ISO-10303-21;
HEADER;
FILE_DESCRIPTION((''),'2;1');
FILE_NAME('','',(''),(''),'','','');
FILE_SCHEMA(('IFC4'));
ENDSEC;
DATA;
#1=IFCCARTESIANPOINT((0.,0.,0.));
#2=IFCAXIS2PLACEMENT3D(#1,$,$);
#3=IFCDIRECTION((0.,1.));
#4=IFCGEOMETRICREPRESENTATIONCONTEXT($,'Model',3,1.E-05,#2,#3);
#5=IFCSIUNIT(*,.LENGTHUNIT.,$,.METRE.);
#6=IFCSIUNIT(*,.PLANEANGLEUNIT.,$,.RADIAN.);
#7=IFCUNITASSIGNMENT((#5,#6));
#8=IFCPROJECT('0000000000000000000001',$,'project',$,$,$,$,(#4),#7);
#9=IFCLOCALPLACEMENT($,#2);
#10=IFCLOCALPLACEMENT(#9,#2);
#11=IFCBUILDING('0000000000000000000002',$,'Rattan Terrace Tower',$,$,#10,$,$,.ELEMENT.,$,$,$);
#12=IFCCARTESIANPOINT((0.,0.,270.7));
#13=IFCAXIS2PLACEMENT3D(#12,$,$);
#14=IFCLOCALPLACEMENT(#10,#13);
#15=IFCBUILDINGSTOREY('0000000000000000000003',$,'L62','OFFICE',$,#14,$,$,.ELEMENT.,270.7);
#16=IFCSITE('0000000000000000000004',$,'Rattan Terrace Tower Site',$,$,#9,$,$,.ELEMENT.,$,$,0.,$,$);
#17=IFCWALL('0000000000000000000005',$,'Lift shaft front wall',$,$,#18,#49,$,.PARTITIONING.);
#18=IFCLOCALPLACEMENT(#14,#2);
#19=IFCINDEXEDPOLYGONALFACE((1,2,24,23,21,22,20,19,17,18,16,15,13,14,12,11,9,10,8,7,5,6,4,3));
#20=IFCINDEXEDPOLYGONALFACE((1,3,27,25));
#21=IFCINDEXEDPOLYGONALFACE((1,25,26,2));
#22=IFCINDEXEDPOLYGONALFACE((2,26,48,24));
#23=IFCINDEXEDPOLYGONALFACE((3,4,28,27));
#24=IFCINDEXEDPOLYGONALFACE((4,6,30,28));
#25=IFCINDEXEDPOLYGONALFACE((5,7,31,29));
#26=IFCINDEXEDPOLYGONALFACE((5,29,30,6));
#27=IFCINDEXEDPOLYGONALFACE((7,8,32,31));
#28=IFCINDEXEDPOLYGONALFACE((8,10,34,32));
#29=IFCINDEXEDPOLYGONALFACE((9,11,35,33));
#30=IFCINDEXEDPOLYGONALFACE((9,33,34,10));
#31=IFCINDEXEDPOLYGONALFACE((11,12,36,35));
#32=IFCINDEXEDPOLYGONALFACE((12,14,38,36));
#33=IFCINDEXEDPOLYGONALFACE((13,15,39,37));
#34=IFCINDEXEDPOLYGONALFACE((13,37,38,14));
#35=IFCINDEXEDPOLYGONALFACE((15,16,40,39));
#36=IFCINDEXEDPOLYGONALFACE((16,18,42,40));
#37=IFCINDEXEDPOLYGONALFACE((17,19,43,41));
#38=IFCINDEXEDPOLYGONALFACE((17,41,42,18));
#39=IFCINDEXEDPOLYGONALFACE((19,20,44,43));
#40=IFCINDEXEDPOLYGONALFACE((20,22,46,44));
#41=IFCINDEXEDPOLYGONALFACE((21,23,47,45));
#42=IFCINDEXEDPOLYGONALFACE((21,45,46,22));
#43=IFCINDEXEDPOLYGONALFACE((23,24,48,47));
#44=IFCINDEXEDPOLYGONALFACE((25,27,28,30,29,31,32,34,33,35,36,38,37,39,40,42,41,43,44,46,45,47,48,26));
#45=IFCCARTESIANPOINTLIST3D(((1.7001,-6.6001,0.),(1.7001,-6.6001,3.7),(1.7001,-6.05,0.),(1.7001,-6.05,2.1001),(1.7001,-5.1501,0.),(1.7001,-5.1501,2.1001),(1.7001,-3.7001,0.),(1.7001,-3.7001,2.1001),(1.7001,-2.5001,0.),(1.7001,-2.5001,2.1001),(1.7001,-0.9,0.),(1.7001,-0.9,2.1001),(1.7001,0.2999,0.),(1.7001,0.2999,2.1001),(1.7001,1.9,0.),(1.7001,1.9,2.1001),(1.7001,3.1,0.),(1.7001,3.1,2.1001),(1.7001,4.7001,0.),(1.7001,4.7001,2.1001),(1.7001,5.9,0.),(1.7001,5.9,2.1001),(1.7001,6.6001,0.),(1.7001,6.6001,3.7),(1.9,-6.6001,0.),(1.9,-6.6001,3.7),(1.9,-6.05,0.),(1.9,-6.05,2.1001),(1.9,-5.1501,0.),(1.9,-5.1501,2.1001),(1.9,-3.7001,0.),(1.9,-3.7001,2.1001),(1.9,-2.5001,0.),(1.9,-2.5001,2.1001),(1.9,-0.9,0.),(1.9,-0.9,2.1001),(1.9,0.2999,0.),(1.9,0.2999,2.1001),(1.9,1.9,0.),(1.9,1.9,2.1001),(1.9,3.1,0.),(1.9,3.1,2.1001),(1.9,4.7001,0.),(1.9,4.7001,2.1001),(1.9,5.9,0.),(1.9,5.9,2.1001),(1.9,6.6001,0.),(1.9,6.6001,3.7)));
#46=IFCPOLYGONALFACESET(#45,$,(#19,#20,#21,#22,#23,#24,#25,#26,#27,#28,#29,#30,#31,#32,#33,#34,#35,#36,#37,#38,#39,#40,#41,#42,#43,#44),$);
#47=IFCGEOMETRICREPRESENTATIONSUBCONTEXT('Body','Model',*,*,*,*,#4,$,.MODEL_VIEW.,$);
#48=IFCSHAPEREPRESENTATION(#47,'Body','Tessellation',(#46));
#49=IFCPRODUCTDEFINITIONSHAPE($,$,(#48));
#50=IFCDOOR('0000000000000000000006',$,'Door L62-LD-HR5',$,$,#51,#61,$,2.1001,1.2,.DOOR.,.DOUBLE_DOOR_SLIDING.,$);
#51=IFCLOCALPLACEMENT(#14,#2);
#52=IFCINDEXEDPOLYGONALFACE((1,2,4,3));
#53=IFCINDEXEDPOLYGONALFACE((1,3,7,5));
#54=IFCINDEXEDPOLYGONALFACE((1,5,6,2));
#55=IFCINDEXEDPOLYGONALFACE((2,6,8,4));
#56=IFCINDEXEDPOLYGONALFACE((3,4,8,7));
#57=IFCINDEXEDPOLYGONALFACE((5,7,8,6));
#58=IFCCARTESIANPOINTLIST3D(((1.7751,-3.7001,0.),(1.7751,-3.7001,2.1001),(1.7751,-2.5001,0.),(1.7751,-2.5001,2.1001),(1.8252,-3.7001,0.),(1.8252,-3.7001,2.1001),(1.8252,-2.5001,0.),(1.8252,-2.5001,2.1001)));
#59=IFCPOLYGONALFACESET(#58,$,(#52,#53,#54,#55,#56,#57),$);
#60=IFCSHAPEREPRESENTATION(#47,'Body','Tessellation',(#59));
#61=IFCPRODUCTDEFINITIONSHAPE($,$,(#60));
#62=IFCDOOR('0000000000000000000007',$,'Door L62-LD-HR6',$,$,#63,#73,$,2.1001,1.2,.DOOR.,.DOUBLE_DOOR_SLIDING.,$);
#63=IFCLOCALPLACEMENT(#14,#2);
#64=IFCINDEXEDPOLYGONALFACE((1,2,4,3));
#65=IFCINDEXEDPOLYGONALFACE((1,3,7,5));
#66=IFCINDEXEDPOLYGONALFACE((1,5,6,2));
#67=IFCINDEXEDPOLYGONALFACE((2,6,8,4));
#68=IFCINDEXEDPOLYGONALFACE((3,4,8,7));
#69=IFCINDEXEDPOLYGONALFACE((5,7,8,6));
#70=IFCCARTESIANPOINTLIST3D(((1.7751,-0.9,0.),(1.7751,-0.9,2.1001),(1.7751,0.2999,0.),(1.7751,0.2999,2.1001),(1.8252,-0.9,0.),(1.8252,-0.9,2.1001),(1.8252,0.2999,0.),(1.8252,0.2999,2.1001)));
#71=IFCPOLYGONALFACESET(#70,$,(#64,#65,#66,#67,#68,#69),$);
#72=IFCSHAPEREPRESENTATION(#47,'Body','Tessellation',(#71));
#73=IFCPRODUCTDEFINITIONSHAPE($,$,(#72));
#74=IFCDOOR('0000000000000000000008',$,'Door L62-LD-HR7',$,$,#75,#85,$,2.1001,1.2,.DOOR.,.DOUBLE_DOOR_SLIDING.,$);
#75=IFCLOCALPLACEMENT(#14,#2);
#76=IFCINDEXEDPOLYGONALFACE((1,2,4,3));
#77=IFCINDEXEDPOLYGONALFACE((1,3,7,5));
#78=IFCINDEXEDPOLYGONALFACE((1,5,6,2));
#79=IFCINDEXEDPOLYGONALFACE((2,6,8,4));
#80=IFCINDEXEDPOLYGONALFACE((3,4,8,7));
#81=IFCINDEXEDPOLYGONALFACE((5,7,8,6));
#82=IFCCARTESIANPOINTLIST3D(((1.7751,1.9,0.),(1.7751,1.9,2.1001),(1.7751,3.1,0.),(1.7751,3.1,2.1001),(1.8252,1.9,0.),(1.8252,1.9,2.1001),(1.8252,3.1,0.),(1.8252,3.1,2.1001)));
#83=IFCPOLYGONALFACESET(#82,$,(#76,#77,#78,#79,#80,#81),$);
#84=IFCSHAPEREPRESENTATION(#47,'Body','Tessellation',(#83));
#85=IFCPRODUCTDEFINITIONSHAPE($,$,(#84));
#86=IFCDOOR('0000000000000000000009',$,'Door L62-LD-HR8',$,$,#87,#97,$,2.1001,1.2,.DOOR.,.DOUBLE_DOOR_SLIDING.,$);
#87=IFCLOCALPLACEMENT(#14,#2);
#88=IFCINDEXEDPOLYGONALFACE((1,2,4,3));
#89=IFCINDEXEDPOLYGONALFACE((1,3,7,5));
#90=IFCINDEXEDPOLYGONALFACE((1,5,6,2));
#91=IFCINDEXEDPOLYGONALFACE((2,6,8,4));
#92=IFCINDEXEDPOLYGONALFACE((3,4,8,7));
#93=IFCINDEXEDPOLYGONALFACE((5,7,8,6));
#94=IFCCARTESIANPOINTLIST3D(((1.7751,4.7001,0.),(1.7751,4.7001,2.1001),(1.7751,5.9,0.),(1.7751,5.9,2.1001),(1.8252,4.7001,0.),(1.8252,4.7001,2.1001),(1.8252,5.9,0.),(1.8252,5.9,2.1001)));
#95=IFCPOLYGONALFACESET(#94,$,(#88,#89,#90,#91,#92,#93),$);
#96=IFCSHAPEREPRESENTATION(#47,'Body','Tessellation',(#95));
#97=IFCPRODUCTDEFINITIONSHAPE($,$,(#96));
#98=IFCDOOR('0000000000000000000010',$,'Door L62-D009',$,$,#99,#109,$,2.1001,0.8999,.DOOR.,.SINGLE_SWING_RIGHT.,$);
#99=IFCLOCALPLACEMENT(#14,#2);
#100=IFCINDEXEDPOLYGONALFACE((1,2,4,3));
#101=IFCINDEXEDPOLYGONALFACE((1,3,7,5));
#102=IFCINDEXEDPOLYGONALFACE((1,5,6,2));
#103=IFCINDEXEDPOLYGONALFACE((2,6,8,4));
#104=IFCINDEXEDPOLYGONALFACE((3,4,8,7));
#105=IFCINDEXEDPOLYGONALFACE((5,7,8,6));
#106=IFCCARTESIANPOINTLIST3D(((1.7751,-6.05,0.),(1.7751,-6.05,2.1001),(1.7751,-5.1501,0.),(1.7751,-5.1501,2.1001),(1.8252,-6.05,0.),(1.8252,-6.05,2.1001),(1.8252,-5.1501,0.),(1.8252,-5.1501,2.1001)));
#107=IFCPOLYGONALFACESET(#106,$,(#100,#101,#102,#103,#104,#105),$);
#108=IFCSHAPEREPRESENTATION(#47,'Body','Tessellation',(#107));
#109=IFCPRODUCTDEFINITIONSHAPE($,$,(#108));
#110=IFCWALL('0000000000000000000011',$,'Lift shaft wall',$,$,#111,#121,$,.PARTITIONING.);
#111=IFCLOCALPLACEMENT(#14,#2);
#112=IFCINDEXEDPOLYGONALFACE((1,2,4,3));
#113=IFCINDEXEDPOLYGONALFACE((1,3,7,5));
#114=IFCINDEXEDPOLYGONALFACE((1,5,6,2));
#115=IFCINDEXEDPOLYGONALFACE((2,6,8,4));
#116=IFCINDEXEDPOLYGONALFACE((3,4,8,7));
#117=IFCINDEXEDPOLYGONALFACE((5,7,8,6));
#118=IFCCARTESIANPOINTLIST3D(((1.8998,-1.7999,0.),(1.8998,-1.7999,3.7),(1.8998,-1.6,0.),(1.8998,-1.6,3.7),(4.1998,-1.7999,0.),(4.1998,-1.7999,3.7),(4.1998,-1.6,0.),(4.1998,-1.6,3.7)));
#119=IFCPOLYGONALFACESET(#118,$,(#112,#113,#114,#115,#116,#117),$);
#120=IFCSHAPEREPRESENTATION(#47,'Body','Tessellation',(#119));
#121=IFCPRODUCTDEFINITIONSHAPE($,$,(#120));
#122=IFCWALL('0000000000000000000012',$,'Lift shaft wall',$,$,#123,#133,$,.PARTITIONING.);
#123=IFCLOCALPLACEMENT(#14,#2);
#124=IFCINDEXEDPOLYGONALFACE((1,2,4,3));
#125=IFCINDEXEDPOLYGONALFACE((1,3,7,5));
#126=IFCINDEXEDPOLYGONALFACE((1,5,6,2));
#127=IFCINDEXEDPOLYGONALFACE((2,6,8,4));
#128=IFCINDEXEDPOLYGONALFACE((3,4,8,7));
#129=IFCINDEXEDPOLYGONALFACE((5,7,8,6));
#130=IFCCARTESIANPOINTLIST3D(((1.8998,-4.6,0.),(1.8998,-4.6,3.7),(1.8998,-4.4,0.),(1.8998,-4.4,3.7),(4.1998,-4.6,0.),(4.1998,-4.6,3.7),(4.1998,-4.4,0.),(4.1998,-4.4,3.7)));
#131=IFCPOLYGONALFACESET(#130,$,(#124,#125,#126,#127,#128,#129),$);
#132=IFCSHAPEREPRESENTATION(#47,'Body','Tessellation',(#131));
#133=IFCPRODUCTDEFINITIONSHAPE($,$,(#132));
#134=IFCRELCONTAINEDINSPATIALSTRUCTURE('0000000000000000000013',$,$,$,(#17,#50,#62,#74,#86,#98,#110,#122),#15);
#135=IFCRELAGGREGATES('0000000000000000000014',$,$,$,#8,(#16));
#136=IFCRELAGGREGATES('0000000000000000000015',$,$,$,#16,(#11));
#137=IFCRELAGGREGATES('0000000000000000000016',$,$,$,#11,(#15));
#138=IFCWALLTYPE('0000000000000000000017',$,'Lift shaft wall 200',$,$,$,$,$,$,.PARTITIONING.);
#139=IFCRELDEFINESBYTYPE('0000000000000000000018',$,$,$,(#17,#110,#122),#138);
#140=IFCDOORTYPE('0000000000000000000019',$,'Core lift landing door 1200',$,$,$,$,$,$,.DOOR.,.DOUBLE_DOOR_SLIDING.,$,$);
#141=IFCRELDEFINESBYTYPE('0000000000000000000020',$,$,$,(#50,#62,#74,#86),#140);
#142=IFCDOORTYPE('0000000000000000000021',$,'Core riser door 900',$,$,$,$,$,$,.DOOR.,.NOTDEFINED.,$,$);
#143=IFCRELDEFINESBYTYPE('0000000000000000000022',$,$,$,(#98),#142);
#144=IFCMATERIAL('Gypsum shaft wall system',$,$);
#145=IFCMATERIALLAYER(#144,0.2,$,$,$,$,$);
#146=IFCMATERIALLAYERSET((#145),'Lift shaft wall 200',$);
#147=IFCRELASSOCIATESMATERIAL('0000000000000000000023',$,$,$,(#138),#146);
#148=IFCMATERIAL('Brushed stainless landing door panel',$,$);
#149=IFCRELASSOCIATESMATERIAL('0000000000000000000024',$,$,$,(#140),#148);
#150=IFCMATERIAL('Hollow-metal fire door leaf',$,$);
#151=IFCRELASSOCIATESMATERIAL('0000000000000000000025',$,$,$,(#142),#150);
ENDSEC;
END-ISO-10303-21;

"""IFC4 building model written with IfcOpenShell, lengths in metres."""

from ifc_helpers import new_model, si_unit, direction, frame, frame_2d, origin, place, context, subcontext, project, spatial, rectangle, extrude, material, layer, layer_set, type_object, element, fill, save


model = new_model("IFC4")

# Units and contexts
model_context = context("Model", 3, precision=1e-05, world=origin(), true_north=direction((0.0, 1.0)))
body_context = subcontext(model_context, "Body", "Model", "MODEL_VIEW")
ifc_project = project(units=[si_unit("LENGTHUNIT", "METRE"), si_unit("PLANEANGLEUNIT", "RADIAN")], contexts=[model_context])

# Site, building, storey
site_placement = place(None, origin())
site = spatial("IfcSite", under=ifc_project, at=site_placement, Name="Rattan Terrace Tower Site", CompositionType="ELEMENT", RefElevation=0.0)
building_placement = place(site_placement, origin())
building = spatial("IfcBuilding", under=site, at=building_placement, Name="Rattan Terrace Tower", CompositionType="ELEMENT")
storey_placement = place(building_placement, frame((0.0, 0.0, 270.7)))
storey = spatial("IfcBuildingStorey", under=building, at=storey_placement, Name="L62", Description="OFFICE", CompositionType="ELEMENT", Elevation=270.7)

# Wall, openings, doors
ifc_material_1 = material(Name="Gypsum shaft wall system")
ifc_layer_1 = layer(ifc_material_1, 0.2)
ifc_layer_set_1 = layer_set([ifc_layer_1], Name="Lift shaft wall 200")
wall_type_1 = type_object("IfcWallType", Name="Lift shaft wall 200", PredefinedType="PARTITIONING", material=ifc_layer_set_1)
wall_1_placement = place(storey_placement, frame((1.8, -6.6001, 0.0), z_axis=(0.0, 0.0, 1.0), x_axis=(0.0, 1.0, 0.0)))
wall_1 = element("IfcWall", 1, at=wall_1_placement, inside=storey, type_object=wall_type_1, Name="Lift shaft front wall", PredefinedType="PARTITIONING", context=body_context, shape_type="SweptSolid", body=[
    extrude(rectangle(XDim=13.2002, YDim=0.2, at=frame_2d((6.6001, 0.0))), origin(), (0.0, 0.0, 1.0), 3.7),
])
opening_1_placement = place(wall_1_placement, frame((0.55, 0.0, 0.0)))
opening_1 = element("IfcOpeningElement", 2, at=opening_1_placement, cuts=wall_1, PredefinedType="OPENING", context=body_context, shape_type="SweptSolid", body=[
    extrude(rectangle(XDim=0.8999, YDim=2.1001, at=frame_2d((0.45, 1.05))), frame((0.0, 0.1106, 0.0), z_axis=(0.0, -1.0, 0.0), x_axis=(1.0, 0.0, 0.0)), (0.0, 0.0, 1.0), 0.2209),
])
opening_2_placement = place(wall_1_placement, frame((2.8999, 0.0, 0.0)))
opening_2 = element("IfcOpeningElement", 3, at=opening_2_placement, cuts=wall_1, PredefinedType="OPENING", context=body_context, shape_type="SweptSolid", body=[
    extrude(rectangle(XDim=1.2, YDim=2.1001, at=frame_2d((0.6001, 1.05))), frame((0.0, 0.1106, 0.0), z_axis=(0.0, -1.0, 0.0), x_axis=(1.0, 0.0, 0.0)), (0.0, 0.0, 1.0), 0.2209),
])
opening_3_placement = place(wall_1_placement, frame((5.7, 0.0, 0.0)))
opening_3 = element("IfcOpeningElement", 4, at=opening_3_placement, cuts=wall_1, PredefinedType="OPENING", context=body_context, shape_type="SweptSolid", body=[
    extrude(rectangle(XDim=1.2, YDim=2.1001, at=frame_2d((0.6001, 1.05))), frame((0.0, 0.1106, 0.0), z_axis=(0.0, -1.0, 0.0), x_axis=(1.0, 0.0, 0.0)), (0.0, 0.0, 1.0), 0.2209),
])
opening_4_placement = place(wall_1_placement, frame((8.5, 0.0, 0.0)))
opening_4 = element("IfcOpeningElement", 5, at=opening_4_placement, cuts=wall_1, PredefinedType="OPENING", context=body_context, shape_type="SweptSolid", body=[
    extrude(rectangle(XDim=1.2, YDim=2.1001, at=frame_2d((0.6001, 1.05))), frame((0.0, 0.1106, 0.0), z_axis=(0.0, -1.0, 0.0), x_axis=(1.0, 0.0, 0.0)), (0.0, 0.0, 1.0), 0.2209),
])
opening_5_placement = place(wall_1_placement, frame((11.3, 0.0, 0.0)))
opening_5 = element("IfcOpeningElement", 6, at=opening_5_placement, cuts=wall_1, PredefinedType="OPENING", context=body_context, shape_type="SweptSolid", body=[
    extrude(rectangle(XDim=1.2, YDim=2.1001, at=frame_2d((0.6001, 1.05))), frame((0.0, 0.1106, 0.0), z_axis=(0.0, -1.0, 0.0), x_axis=(1.0, 0.0, 0.0)), (0.0, 0.0, 1.0), 0.2209),
])
ifc_material_2 = material(Name="Brushed stainless landing door panel")
door_type_1 = type_object("IfcDoorType", Name="Core lift landing door 1200", OperationType="DOUBLE_DOOR_SLIDING", PredefinedType="DOOR", material=ifc_material_2)
door_1_placement = place(opening_2_placement, origin())
door_1 = element("IfcDoor", 7, at=door_1_placement, inside=storey, type_object=door_type_1, Name="Door L62-LD-HR5", OperationType="DOUBLE_DOOR_SLIDING", OverallHeight=2.1001, OverallWidth=1.2, PredefinedType="DOOR", context=body_context, shape_type="SweptSolid", body=[
    extrude(rectangle(XDim=1.2, YDim=2.1001, at=frame_2d((0.6001, 1.05))), frame((0.0, 0.0249, 0.0), z_axis=(0.0, -1.0, 0.0), x_axis=(1.0, 0.0, 0.0)), (0.0, 0.0, 1.0), 0.05),
])
fill(opening_2, door_1)
door_2_placement = place(opening_3_placement, origin())
door_2 = element("IfcDoor", 8, at=door_2_placement, inside=storey, type_object=door_type_1, Name="Door L62-LD-HR6", OperationType="DOUBLE_DOOR_SLIDING", OverallHeight=2.1001, OverallWidth=1.2, PredefinedType="DOOR", context=body_context, shape_type="SweptSolid", body=[
    extrude(rectangle(XDim=1.2, YDim=2.1001, at=frame_2d((0.6001, 1.05))), frame((0.0, 0.0249, 0.0), z_axis=(0.0, -1.0, 0.0), x_axis=(1.0, 0.0, 0.0)), (0.0, 0.0, 1.0), 0.05),
])
fill(opening_3, door_2)
door_3_placement = place(opening_4_placement, origin())
door_3 = element("IfcDoor", 9, at=door_3_placement, inside=storey, type_object=door_type_1, Name="Door L62-LD-HR7", OperationType="DOUBLE_DOOR_SLIDING", OverallHeight=2.1001, OverallWidth=1.2, PredefinedType="DOOR", context=body_context, shape_type="SweptSolid", body=[
    extrude(rectangle(XDim=1.2, YDim=2.1001, at=frame_2d((0.6001, 1.05))), frame((0.0, 0.0249, 0.0), z_axis=(0.0, -1.0, 0.0), x_axis=(1.0, 0.0, 0.0)), (0.0, 0.0, 1.0), 0.05),
])
fill(opening_4, door_3)
door_4_placement = place(opening_5_placement, origin())
door_4 = element("IfcDoor", 10, at=door_4_placement, inside=storey, type_object=door_type_1, Name="Door L62-LD-HR8", OperationType="DOUBLE_DOOR_SLIDING", OverallHeight=2.1001, OverallWidth=1.2, PredefinedType="DOOR", context=body_context, shape_type="SweptSolid", body=[
    extrude(rectangle(XDim=1.2, YDim=2.1001, at=frame_2d((0.6001, 1.05))), frame((0.0, 0.0249, 0.0), z_axis=(0.0, -1.0, 0.0), x_axis=(1.0, 0.0, 0.0)), (0.0, 0.0, 1.0), 0.05),
])
fill(opening_5, door_4)
ifc_material_3 = material(Name="Hollow-metal fire door leaf")
door_type_2 = type_object("IfcDoorType", Name="Core riser door 900", OperationType="NOTDEFINED", PredefinedType="DOOR", material=ifc_material_3)
door_5_placement = place(opening_1_placement, origin())
door_5 = element("IfcDoor", 11, at=door_5_placement, inside=storey, type_object=door_type_2, Name="Door L62-D009", OperationType="SINGLE_SWING_RIGHT", OverallHeight=2.1001, OverallWidth=0.8999, PredefinedType="DOOR", context=body_context, shape_type="SweptSolid", body=[
    extrude(rectangle(XDim=0.8999, YDim=2.1001, at=frame_2d((0.45, 1.05))), frame((0.0, 0.0249, 0.0), z_axis=(0.0, -1.0, 0.0), x_axis=(1.0, 0.0, 0.0)), (0.0, 0.0, 1.0), 0.05),
])
fill(opening_1, door_5)

# Walls
for number, where, z_axis, x_axis, name in (
    (12, (1.8999, -1.7, 0.0), (0.0, 0.0, 1.0), (1.0, 0.0, 0.0), "Lift shaft wall"),
    (13, (1.8999, -4.5, 0.0), (0.0, 0.0, 1.0), (1.0, 0.0, 0.0), "Lift shaft wall"),
):
    element("IfcWall", number, at=place(storey_placement, frame(where, z_axis=z_axis, x_axis=x_axis)), inside=storey, type_object=wall_type_1, Name=name, PredefinedType="PARTITIONING", context=body_context, shape_type="SweptSolid", body=[
        extrude(rectangle(XDim=2.3, YDim=0.2, at=frame_2d((1.1499, 0.0))), origin(), (0.0, 0.0, 1.0), 3.7),
    ])

save(model, "model.ifc")
